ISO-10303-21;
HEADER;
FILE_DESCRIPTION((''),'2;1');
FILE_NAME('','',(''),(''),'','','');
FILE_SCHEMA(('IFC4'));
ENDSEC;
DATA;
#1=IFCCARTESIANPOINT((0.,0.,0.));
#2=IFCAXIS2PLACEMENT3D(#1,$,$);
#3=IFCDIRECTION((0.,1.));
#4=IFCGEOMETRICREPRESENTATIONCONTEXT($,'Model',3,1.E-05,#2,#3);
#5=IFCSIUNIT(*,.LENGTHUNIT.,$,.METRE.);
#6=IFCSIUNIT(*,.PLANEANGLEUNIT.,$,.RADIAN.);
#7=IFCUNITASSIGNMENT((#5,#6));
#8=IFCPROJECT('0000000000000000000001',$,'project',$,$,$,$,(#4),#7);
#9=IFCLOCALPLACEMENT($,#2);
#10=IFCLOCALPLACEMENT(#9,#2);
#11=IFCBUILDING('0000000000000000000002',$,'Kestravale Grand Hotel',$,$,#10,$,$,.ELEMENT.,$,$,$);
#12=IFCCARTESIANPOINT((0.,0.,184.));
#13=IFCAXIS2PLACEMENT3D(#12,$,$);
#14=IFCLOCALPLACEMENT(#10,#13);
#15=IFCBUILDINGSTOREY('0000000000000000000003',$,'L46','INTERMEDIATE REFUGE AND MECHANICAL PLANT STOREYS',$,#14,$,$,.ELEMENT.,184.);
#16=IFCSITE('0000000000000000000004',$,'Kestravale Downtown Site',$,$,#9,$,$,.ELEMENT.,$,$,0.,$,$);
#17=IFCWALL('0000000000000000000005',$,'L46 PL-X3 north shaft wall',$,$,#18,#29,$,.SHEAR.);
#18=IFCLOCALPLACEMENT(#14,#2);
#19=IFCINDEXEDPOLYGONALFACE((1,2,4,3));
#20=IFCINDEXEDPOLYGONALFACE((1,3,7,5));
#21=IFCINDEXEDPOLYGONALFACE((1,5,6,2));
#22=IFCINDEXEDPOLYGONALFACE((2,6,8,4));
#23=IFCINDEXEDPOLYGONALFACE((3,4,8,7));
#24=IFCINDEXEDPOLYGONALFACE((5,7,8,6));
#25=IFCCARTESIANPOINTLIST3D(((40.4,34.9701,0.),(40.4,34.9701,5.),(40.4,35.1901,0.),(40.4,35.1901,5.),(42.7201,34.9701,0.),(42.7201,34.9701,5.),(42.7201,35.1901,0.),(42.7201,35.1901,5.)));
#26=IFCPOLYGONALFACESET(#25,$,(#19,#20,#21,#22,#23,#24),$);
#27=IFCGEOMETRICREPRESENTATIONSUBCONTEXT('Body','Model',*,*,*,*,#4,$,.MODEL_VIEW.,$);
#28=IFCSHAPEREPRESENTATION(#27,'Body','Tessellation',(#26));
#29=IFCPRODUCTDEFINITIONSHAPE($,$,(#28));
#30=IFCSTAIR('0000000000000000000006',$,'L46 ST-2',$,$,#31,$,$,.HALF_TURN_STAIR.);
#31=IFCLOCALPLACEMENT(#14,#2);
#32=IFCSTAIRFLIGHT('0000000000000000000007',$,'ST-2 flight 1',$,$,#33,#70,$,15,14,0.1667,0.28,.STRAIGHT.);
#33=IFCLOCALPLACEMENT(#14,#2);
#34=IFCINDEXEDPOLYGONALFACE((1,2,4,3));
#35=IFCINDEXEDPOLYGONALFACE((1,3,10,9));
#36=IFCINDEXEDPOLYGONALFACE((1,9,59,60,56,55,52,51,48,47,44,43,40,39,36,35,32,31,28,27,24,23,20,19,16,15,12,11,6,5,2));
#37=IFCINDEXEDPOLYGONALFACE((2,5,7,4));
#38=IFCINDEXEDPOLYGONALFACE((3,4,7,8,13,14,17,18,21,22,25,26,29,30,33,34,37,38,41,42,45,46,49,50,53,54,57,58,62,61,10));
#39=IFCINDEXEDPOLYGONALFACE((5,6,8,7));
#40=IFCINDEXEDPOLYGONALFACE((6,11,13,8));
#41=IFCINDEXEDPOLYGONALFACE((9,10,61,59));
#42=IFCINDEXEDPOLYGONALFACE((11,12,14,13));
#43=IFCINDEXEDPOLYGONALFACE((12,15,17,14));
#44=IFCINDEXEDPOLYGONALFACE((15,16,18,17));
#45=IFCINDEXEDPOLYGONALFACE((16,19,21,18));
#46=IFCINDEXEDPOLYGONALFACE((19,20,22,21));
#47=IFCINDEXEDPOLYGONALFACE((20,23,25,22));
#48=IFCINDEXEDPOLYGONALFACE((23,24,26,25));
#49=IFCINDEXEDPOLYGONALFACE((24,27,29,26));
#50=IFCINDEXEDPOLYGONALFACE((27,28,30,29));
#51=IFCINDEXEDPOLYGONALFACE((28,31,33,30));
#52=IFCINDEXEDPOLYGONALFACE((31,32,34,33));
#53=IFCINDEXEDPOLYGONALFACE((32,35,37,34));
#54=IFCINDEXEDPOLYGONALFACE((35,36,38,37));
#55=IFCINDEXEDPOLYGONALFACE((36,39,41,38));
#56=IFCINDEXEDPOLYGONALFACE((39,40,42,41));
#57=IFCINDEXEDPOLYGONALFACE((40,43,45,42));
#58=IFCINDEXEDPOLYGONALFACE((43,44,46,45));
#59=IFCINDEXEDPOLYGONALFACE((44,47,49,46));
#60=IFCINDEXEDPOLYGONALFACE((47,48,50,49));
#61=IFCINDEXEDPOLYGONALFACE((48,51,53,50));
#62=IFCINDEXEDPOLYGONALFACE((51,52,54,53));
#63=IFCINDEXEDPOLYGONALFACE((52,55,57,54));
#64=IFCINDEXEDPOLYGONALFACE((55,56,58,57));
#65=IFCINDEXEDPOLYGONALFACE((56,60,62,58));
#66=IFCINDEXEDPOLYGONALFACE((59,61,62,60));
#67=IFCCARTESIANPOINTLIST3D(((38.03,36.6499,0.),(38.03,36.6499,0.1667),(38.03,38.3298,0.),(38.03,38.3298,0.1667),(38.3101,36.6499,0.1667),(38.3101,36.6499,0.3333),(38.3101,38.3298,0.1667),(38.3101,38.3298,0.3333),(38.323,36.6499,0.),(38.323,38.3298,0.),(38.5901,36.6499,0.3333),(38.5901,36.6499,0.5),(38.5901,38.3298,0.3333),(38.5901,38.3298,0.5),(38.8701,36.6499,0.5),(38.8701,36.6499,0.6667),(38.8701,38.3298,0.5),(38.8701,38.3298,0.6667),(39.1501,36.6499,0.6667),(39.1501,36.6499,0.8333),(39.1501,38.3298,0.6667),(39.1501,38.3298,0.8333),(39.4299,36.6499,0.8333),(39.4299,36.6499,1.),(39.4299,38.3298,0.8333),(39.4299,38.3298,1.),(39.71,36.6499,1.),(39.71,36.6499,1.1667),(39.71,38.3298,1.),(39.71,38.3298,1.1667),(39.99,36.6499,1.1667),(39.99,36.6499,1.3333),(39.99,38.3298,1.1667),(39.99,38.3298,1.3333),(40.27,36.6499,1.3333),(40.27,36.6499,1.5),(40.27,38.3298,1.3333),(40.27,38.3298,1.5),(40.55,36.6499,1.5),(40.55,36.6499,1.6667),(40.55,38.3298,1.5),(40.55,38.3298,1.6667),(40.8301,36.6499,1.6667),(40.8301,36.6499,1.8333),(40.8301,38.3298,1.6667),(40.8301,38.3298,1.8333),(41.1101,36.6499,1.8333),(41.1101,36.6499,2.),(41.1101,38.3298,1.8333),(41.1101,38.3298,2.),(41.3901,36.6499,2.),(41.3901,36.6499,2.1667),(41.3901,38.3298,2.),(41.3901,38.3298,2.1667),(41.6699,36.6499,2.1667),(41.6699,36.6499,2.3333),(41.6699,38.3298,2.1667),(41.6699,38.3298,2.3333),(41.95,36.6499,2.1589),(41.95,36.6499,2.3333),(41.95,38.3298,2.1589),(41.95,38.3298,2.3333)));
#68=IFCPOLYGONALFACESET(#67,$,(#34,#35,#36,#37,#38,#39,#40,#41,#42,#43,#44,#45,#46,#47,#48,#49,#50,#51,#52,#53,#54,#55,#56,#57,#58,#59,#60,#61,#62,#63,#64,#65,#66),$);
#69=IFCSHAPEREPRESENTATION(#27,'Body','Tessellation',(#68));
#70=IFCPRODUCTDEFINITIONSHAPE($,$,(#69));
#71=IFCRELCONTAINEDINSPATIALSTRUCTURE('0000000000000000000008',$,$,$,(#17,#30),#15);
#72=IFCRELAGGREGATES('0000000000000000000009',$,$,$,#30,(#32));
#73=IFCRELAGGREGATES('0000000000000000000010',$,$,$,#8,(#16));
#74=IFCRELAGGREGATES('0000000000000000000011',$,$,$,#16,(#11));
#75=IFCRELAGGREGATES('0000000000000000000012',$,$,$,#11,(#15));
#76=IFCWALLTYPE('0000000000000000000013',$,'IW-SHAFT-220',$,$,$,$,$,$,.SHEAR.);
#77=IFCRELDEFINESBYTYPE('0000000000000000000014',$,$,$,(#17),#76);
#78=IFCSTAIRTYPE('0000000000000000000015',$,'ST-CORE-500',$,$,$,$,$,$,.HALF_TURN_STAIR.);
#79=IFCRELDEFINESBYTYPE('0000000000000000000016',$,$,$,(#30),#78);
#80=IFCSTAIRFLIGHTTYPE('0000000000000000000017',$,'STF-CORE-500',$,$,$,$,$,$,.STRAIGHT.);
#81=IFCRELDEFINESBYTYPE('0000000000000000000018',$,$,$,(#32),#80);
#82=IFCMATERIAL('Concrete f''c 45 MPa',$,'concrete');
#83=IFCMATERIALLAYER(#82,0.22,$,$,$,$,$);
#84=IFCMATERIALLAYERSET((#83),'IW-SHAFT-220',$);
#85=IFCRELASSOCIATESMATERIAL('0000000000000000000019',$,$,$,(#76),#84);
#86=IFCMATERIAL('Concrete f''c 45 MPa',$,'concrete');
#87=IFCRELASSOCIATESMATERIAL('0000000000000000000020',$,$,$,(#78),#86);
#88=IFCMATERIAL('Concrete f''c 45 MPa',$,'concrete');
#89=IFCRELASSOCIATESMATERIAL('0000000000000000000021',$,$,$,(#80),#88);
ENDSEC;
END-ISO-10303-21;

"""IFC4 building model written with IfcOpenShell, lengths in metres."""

from ifc_helpers import new_model, si_unit, direction, frame, frame_2d, origin, place, context, subcontext, project, spatial, polyline, rectangle, outline, extrude, material, layer, layer_set, type_object, element, aggregate, save


model = new_model("IFC4")

# Units and contexts
model_context = context("Model", 3, precision=1e-05, world=origin(), true_north=direction((0.0, 1.0)))
body_context = subcontext(model_context, "Body", "Model", "MODEL_VIEW")
ifc_project = project(units=[si_unit("LENGTHUNIT", "METRE"), si_unit("PLANEANGLEUNIT", "RADIAN")], contexts=[model_context])

# Site, building, storey
site_placement = place(None, origin())
site = spatial("IfcSite", under=ifc_project, at=site_placement, Name="Kestravale Downtown Site", CompositionType="ELEMENT", RefElevation=0.0)
building_placement = place(site_placement, origin())
building = spatial("IfcBuilding", under=site, at=building_placement, Name="Kestravale Grand Hotel", CompositionType="ELEMENT")
storey_placement = place(building_placement, frame((0.0, 0.0, 184.0)))
storey = spatial("IfcBuildingStorey", under=building, at=storey_placement, Name="L46", Description="INTERMEDIATE REFUGE AND MECHANICAL PLANT STOREYS", CompositionType="ELEMENT", Elevation=184.0)

# Wall
ifc_material_1 = material(Name="Concrete f'c 45 MPa", Category="concrete")
ifc_layer_1 = layer(ifc_material_1, 0.22)
ifc_layer_set_1 = layer_set([ifc_layer_1], Name="IW-SHAFT-220")
wall_type_1 = type_object("IfcWallType", Name="IW-SHAFT-220", PredefinedType="SHEAR", material=ifc_layer_set_1)
wall_1_placement = place(storey_placement, frame((40.3999, 35.0801, 0.0), z_axis=(0.0, 0.0, 1.0), x_axis=(1.0, 0.0, 0.0)))
element("IfcWall", 1, at=wall_1_placement, inside=storey, type_object=wall_type_1, Name="L46 PL-X3 north shaft wall", PredefinedType="SHEAR", context=body_context, shape_type="SweptSolid", body=[
    extrude(rectangle(XDim=2.3201, YDim=0.22, at=frame_2d((1.1602, 0.0))), origin(), (0.0, 0.0, 1.0), 5.0),
])

# Stair, stair flight
ifc_material_2 = material(Name="Concrete f'c 45 MPa", Category="concrete")
stair_type = type_object("IfcStairType", Name="ST-CORE-500", PredefinedType="HALF_TURN_STAIR", material=ifc_material_2)
stair_placement = place(storey_placement, origin())
stair = element("IfcStair", 2, at=stair_placement, inside=storey, type_object=stair_type, Name="L46 ST-2", PredefinedType="HALF_TURN_STAIR")
ifc_material_3 = material(Name="Concrete f'c 45 MPa", Category="concrete")
stair_flight_type = type_object("IfcStairFlightType", Name="STF-CORE-500", PredefinedType="STRAIGHT", material=ifc_material_3)
stair_flight_placement = place(storey_placement, frame((38.03, 37.49, 0.0), z_axis=(0.0, 0.0, 1.0), x_axis=(1.0, 0.0, 0.0)))
stair_flight = element("IfcStairFlight", 3, at=stair_flight_placement, type_object=stair_flight_type, Name="ST-2 flight 1", NumberOfRisers=15, NumberOfTreads=14, PredefinedType="STRAIGHT", RiserHeight=0.1667, TreadLength=0.28, context=body_context, shape_type="SweptSolid", body=[
    extrude(outline(polyline([(0.0, 0.0), (0.0, 0.1667), (0.28, 0.1667), (0.28, 0.3333), (0.5601, 0.3333), (0.5601, 0.5), (0.8401, 0.5), (0.8401, 0.6667), (1.1201, 0.6667), (1.1201, 0.8333), (1.3999, 0.8333), (1.3999, 1.0), (1.6799, 1.0), (1.6799, 1.1667), (1.96, 1.1667), (1.96, 1.3333), (2.24, 1.3333), (2.24, 1.5), (2.52, 1.5), (2.52, 1.6667), (2.8, 1.6667), (2.8, 1.8333), (3.0801, 1.8333), (3.0801, 2.0), (3.3601, 2.0), (3.3601, 2.1667), (3.6399, 2.1667), (3.6399, 2.3333), (3.9199, 2.3333), (3.9199, 2.5), (3.9199, 2.1589), (0.293, 0.0), (0.0, 0.0)])), frame((0.0, 0.8398, 0.0), z_axis=(0.0, -1.0, 0.0), x_axis=(1.0, 0.0, 0.0)), (0.0, 0.0, 1.0), 1.6799),
])
aggregate(stair, [stair_flight])

save(model, "model.ifc")
